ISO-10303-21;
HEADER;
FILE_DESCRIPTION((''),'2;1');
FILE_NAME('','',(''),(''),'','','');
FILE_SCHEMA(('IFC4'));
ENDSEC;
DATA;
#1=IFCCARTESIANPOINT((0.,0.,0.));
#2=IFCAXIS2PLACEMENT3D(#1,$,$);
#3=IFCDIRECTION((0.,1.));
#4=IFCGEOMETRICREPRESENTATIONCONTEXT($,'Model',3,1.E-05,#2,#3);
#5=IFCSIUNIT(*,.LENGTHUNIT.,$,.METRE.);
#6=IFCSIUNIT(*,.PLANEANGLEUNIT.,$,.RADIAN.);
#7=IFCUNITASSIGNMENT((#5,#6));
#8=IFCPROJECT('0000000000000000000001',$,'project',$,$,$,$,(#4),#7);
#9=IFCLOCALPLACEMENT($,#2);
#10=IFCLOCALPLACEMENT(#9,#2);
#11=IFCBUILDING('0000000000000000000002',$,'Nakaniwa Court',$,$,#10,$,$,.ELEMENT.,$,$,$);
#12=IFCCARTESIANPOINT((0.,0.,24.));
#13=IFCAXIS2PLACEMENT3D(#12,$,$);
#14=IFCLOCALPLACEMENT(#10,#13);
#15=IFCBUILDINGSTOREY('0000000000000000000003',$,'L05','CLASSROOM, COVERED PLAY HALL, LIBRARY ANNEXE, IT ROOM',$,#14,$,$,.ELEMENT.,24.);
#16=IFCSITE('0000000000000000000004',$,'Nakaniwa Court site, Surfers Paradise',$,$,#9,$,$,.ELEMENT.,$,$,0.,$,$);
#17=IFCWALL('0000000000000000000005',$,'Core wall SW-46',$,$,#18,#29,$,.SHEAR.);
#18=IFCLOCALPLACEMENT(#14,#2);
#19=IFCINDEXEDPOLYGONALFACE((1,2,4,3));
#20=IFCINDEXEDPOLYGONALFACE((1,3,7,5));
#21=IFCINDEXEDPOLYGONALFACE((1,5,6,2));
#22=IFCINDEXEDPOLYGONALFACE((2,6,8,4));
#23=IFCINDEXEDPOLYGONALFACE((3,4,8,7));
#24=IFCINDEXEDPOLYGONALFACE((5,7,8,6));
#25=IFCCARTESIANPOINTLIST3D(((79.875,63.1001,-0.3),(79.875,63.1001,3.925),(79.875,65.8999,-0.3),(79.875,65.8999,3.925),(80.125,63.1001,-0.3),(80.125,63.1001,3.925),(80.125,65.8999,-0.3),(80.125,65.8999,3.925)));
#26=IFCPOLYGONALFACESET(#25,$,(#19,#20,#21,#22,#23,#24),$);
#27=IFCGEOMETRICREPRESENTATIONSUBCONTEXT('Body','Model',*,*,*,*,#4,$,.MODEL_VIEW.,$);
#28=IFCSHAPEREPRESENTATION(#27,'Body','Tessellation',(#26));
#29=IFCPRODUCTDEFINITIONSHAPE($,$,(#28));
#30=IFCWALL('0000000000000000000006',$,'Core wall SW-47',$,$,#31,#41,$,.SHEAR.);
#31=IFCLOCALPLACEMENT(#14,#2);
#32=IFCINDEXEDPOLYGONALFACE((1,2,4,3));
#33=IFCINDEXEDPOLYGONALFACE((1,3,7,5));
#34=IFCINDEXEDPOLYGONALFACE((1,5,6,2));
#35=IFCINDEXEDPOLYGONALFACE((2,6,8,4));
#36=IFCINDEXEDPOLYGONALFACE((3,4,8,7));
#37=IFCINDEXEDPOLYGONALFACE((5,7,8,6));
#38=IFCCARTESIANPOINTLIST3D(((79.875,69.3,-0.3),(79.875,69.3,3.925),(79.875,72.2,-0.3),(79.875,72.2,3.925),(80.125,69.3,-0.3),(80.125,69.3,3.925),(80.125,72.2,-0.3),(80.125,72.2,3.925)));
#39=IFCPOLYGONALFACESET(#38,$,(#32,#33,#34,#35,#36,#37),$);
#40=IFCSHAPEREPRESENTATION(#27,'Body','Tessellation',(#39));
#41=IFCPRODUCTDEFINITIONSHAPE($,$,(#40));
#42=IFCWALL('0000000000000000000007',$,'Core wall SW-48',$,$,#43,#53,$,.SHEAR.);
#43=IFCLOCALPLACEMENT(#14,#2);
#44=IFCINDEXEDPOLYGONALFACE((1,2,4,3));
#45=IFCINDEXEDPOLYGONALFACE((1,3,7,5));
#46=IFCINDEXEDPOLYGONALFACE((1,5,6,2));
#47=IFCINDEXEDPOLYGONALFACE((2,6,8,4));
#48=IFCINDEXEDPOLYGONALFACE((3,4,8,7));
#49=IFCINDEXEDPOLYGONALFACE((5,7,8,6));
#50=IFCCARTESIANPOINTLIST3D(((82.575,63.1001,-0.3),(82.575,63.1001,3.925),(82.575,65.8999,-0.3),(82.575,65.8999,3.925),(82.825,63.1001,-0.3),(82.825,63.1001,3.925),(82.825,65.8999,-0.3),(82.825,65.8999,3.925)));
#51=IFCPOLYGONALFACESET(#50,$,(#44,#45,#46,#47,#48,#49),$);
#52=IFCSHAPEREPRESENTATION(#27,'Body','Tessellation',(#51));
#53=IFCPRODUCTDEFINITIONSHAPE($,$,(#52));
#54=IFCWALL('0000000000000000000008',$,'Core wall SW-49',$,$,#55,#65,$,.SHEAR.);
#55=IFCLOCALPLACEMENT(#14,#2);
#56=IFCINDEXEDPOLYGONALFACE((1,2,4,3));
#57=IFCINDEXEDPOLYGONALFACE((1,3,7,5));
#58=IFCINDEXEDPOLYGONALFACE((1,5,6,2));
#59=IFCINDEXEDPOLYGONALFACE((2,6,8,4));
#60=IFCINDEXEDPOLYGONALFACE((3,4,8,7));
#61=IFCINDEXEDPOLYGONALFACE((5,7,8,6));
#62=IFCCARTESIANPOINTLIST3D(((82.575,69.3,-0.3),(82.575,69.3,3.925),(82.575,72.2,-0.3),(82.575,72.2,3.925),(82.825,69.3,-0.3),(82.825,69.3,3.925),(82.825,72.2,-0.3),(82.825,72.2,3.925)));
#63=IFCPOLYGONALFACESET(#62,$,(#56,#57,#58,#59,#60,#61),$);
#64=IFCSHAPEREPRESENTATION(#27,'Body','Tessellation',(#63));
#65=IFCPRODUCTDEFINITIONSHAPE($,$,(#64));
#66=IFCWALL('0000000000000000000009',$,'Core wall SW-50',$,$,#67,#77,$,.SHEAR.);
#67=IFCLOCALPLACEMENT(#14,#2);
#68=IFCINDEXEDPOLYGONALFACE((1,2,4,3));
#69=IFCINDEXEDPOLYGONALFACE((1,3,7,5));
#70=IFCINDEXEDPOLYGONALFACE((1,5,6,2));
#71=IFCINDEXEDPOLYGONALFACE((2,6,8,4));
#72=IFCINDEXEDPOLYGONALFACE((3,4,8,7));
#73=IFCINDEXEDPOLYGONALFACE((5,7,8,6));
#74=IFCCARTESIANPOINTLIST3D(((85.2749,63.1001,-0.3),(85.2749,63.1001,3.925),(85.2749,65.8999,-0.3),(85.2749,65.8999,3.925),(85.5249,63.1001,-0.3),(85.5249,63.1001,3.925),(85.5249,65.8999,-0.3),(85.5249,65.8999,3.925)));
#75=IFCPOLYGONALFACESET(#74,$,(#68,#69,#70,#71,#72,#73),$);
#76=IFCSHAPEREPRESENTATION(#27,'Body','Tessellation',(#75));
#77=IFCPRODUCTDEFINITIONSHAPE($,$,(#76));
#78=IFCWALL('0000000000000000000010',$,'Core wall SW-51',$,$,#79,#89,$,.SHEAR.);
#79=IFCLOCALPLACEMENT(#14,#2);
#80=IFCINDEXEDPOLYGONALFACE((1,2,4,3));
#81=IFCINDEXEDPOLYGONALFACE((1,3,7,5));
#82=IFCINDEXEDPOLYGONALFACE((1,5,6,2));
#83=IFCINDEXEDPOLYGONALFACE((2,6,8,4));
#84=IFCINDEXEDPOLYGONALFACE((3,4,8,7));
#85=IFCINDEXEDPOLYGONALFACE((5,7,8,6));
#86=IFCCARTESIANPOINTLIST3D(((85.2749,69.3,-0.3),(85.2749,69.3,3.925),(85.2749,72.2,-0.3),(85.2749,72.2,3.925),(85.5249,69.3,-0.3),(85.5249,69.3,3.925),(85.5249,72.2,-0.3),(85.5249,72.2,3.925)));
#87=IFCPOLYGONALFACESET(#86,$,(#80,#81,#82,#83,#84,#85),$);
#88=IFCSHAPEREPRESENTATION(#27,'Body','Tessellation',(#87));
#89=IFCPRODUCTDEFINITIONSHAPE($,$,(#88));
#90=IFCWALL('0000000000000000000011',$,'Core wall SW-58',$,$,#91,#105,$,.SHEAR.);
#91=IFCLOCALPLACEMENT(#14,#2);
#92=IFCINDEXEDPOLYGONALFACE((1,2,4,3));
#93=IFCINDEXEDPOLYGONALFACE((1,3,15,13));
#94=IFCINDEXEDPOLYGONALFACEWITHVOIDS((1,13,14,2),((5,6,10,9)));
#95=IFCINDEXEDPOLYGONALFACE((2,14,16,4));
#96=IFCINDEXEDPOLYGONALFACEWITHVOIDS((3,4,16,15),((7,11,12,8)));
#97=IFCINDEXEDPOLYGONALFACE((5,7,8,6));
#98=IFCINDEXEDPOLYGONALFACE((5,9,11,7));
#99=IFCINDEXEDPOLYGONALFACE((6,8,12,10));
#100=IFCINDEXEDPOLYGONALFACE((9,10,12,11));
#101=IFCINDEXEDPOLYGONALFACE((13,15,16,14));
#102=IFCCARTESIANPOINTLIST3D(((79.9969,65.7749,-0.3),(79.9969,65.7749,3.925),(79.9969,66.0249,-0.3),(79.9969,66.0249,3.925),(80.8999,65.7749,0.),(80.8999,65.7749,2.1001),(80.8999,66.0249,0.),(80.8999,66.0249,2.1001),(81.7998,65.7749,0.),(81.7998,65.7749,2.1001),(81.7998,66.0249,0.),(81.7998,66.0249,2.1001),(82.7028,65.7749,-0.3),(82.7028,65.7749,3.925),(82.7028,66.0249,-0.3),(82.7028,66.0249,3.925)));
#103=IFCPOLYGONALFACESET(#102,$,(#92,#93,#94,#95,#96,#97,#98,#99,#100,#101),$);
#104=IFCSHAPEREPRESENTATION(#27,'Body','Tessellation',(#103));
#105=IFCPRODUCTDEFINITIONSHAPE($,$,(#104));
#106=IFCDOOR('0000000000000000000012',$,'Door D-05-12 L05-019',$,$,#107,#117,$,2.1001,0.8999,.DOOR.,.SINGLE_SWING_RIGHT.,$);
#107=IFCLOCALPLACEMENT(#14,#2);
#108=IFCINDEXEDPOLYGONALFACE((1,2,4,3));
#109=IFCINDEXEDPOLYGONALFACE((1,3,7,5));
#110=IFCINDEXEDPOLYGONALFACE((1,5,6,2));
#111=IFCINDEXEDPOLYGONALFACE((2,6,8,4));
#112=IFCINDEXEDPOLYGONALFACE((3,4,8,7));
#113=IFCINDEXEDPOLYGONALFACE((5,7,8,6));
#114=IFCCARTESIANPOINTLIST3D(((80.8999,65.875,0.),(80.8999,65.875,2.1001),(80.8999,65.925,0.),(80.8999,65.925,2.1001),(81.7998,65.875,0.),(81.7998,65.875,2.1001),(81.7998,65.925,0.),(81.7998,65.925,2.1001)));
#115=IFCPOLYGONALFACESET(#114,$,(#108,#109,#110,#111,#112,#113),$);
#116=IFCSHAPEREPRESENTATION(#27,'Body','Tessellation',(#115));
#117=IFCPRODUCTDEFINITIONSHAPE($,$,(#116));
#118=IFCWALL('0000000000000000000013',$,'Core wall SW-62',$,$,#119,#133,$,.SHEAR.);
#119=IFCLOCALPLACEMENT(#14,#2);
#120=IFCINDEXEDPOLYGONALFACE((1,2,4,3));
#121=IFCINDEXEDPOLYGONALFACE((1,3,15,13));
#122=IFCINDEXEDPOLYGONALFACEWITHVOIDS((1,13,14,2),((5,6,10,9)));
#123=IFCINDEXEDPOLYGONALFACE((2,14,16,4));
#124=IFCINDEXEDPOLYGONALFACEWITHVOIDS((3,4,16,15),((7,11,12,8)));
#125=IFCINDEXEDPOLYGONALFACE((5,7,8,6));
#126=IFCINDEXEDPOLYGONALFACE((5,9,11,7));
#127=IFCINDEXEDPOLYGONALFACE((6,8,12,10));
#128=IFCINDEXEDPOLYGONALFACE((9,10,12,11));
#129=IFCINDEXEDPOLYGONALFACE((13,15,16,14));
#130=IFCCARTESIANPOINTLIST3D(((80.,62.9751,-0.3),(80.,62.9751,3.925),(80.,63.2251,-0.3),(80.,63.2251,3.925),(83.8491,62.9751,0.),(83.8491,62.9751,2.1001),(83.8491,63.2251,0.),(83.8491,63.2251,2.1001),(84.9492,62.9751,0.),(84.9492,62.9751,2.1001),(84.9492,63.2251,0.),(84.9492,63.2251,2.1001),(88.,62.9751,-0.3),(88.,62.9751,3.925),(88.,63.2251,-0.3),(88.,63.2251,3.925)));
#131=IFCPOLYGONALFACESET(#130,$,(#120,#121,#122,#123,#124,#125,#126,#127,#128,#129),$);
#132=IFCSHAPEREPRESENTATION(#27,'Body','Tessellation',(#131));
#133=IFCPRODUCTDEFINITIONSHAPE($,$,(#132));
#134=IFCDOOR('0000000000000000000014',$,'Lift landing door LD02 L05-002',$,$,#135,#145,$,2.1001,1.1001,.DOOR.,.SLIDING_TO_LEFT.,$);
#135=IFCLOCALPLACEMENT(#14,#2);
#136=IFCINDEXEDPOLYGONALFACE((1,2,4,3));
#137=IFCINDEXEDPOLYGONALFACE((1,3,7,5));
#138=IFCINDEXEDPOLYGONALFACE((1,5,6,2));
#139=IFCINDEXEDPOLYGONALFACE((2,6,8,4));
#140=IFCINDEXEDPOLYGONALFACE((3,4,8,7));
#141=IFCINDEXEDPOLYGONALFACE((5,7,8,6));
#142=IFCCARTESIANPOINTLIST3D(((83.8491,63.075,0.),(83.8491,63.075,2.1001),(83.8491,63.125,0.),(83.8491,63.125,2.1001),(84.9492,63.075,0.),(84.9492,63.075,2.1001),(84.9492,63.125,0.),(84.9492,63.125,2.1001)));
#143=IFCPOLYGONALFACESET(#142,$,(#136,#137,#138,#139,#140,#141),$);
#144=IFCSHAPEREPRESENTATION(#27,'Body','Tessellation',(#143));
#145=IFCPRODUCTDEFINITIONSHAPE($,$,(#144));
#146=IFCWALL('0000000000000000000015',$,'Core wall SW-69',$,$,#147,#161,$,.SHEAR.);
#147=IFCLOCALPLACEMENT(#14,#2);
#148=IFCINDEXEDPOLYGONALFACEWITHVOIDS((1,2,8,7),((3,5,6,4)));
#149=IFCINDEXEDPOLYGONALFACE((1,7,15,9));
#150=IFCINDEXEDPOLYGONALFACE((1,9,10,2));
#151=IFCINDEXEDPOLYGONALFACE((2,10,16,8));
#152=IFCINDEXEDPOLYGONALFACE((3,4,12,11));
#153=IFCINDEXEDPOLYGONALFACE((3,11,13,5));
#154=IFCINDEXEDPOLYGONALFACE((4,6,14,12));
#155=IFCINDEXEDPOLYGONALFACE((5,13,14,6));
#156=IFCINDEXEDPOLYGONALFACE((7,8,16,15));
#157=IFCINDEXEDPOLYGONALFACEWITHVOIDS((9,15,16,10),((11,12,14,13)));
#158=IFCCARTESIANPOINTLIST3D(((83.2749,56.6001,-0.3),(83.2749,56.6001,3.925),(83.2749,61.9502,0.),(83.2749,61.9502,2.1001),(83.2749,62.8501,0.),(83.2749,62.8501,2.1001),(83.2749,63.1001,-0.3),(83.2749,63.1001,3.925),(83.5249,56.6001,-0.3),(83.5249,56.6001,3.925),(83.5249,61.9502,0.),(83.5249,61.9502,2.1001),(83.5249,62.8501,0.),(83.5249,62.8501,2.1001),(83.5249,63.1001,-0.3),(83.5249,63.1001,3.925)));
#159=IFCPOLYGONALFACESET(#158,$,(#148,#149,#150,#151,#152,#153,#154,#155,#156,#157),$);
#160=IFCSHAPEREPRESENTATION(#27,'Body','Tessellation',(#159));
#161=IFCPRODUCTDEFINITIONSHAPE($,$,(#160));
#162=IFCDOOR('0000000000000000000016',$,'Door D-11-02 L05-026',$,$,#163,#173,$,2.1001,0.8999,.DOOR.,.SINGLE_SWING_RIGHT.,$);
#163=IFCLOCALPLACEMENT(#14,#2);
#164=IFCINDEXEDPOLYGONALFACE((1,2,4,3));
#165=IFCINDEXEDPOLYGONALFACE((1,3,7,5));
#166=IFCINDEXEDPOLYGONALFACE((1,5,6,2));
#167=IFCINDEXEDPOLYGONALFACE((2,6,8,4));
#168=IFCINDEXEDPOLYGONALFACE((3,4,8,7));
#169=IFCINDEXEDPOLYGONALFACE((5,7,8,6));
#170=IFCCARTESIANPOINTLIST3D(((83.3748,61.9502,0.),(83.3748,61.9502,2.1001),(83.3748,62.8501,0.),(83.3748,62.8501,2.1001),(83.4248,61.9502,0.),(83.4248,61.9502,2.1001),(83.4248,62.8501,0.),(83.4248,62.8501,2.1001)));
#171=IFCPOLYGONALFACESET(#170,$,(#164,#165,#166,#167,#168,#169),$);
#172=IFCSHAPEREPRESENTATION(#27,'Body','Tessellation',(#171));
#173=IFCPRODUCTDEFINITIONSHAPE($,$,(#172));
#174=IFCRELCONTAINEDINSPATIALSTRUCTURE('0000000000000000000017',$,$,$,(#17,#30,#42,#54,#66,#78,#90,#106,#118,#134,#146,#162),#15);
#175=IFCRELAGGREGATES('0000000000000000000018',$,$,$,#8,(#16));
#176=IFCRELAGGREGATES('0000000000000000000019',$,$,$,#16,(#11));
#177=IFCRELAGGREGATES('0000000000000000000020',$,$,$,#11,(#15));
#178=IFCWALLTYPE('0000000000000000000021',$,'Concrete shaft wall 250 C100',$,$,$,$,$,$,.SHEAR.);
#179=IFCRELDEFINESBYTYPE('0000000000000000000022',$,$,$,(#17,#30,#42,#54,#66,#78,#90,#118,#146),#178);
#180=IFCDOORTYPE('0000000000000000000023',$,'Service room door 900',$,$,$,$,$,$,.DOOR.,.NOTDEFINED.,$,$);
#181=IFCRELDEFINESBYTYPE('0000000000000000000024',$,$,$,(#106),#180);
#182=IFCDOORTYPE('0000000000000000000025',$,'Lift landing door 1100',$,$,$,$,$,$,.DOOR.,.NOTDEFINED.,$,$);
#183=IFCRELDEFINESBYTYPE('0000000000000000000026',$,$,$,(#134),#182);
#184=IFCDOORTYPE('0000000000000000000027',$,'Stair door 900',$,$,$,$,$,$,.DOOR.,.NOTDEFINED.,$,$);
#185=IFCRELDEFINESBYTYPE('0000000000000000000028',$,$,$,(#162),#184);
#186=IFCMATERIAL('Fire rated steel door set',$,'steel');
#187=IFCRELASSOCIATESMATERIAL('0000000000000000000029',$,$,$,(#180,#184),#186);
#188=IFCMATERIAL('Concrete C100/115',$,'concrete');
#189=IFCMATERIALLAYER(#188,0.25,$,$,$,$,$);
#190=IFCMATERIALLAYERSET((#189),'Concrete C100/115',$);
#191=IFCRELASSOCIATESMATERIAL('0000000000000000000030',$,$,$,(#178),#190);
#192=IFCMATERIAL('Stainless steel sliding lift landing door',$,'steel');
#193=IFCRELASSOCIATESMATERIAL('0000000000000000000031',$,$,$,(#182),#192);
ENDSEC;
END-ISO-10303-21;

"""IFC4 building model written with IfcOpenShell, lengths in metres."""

from ifc_helpers import new_model, si_unit, direction, frame, frame_2d, origin, place, context, subcontext, project, spatial, rectangle, extrude, material, layer, layer_set, type_object, element, fill, save


model = new_model("IFC4")

# Units and contexts
model_context = context("Model", 3, precision=1e-05, world=origin(), true_north=direction((0.0, 1.0)))
body_context = subcontext(model_context, "Body", "Model", "MODEL_VIEW")
ifc_project = project(units=[si_unit("LENGTHUNIT", "METRE"), si_unit("PLANEANGLEUNIT", "RADIAN")], contexts=[model_context])

# Site, building, storey
site_placement = place(None, origin())
site = spatial("IfcSite", under=ifc_project, at=site_placement, Name="Nakaniwa Court site, Surfers Paradise", CompositionType="ELEMENT", RefElevation=0.0)
building_placement = place(site_placement, origin())
building = spatial("IfcBuilding", under=site, at=building_placement, Name="Nakaniwa Court", CompositionType="ELEMENT")
storey_placement = place(building_placement, frame((0.0, 0.0, 24.0)))
storey = spatial("IfcBuildingStorey", under=building, at=storey_placement, Name="L05", Description="CLASSROOM, COVERED PLAY HALL, LIBRARY ANNEXE, IT ROOM", CompositionType="ELEMENT", Elevation=24.0)

# Shared definitions
ifc_material_1 = material(Name="Fire rated steel door set", Category="steel")

# Shared definitions
door_type_1 = type_object("IfcDoorType", Name="Service room door 900", OperationType="NOTDEFINED", PredefinedType="DOOR", material=ifc_material_1)

# Walls
ifc_material_2 = material(Name="Concrete C100/115", Category="concrete")
ifc_layer_1 = layer(ifc_material_2, 0.25)
ifc_layer_set_1 = layer_set([ifc_layer_1], Name="Concrete C100/115")
wall_type_1 = type_object("IfcWallType", Name="Concrete shaft wall 250 C100", PredefinedType="SHEAR", material=ifc_layer_set_1)
wall_1_placement = place(storey_placement, frame((80.0, 63.1001, -0.3), z_axis=(0.0, 0.0, 1.0), x_axis=(0.0, 1.0, 0.0)))
element("IfcWall", 1, at=wall_1_placement, inside=storey, type_object=wall_type_1, Name="Core wall SW-46", PredefinedType="SHEAR", context=body_context, shape_type="SweptSolid", body=[
    extrude(rectangle(XDim=2.7998, YDim=0.25, at=frame_2d((1.3999, 0.0))), origin(), (0.0, 0.0, 1.0), 4.2251),
])
wall_2_placement = place(storey_placement, frame((80.0, 69.3, -0.3), z_axis=(0.0, 0.0, 1.0), x_axis=(0.0, 1.0, 0.0)))
element("IfcWall", 2, at=wall_2_placement, inside=storey, type_object=wall_type_1, Name="Core wall SW-47", PredefinedType="SHEAR", context=body_context, shape_type="SweptSolid", body=[
    extrude(rectangle(XDim=2.8999, YDim=0.25, at=frame_2d((1.45, 0.0))), origin(), (0.0, 0.0, 1.0), 4.2251),
])
wall_3_placement = place(storey_placement, frame((82.7, 63.1001, -0.3), z_axis=(0.0, 0.0, 1.0), x_axis=(0.0, 1.0, 0.0)))
element("IfcWall", 3, at=wall_3_placement, inside=storey, type_object=wall_type_1, Name="Core wall SW-48", PredefinedType="SHEAR", context=body_context, shape_type="SweptSolid", body=[
    extrude(rectangle(XDim=2.7998, YDim=0.25, at=frame_2d((1.3999, 0.0))), origin(), (0.0, 0.0, 1.0), 4.2251),
])
wall_4_placement = place(storey_placement, frame((82.7, 69.3, -0.3), z_axis=(0.0, 0.0, 1.0), x_axis=(0.0, 1.0, 0.0)))
element("IfcWall", 4, at=wall_4_placement, inside=storey, type_object=wall_type_1, Name="Core wall SW-49", PredefinedType="SHEAR", context=body_context, shape_type="SweptSolid", body=[
    extrude(rectangle(XDim=2.8999, YDim=0.25, at=frame_2d((1.45, 0.0))), origin(), (0.0, 0.0, 1.0), 4.2251),
])
wall_5_placement = place(storey_placement, frame((85.3999, 63.1001, -0.3), z_axis=(0.0, 0.0, 1.0), x_axis=(0.0, 1.0, 0.0)))
element("IfcWall", 5, at=wall_5_placement, inside=storey, type_object=wall_type_1, Name="Core wall SW-50", PredefinedType="SHEAR", context=body_context, shape_type="SweptSolid", body=[
    extrude(rectangle(XDim=2.7998, YDim=0.25, at=frame_2d((1.3999, 0.0))), origin(), (0.0, 0.0, 1.0), 4.2251),
])
wall_6_placement = place(storey_placement, frame((85.3999, 69.3, -0.3), z_axis=(0.0, 0.0, 1.0), x_axis=(0.0, 1.0, 0.0)))
element("IfcWall", 6, at=wall_6_placement, inside=storey, type_object=wall_type_1, Name="Core wall SW-51", PredefinedType="SHEAR", context=body_context, shape_type="SweptSolid", body=[
    extrude(rectangle(XDim=2.8999, YDim=0.25, at=frame_2d((1.45, 0.0))), origin(), (0.0, 0.0, 1.0), 4.2251),
])

# Walls, openings, doors
wall_7_placement = place(storey_placement, frame((82.7029, 65.8999, -0.3), z_axis=(0.0, 0.0, 1.0), x_axis=(-1.0, 0.0, 0.0)))
wall_7 = element("IfcWall", 7, at=wall_7_placement, inside=storey, type_object=wall_type_1, Name="Core wall SW-58", PredefinedType="SHEAR", context=body_context, shape_type="SweptSolid", body=[
    extrude(rectangle(XDim=2.7058, YDim=0.25, at=frame_2d((1.353, 0.0))), origin(), (0.0, 0.0, 1.0), 4.2251),
])
opening_1_placement = place(wall_7_placement, frame((0.9031, 0.0, 0.3)))
opening_1 = element("IfcOpeningElement", 8, at=opening_1_placement, cuts=wall_7, PredefinedType="OPENING", context=body_context, shape_type="SweptSolid", body=[
    extrude(rectangle(XDim=0.8999, YDim=2.1001, at=frame_2d((0.45, 1.05))), frame((0.0, 0.135, 0.0), z_axis=(0.0, -1.0, 0.0), x_axis=(1.0, 0.0, 0.0)), (0.0, 0.0, 1.0), 0.27),
])
door_1_placement = place(opening_1_placement, origin())
door_1 = element("IfcDoor", 9, at=door_1_placement, inside=storey, type_object=door_type_1, Name="Door D-05-12 L05-019", OperationType="SINGLE_SWING_RIGHT", OverallHeight=2.1001, OverallWidth=0.8999, PredefinedType="DOOR", context=body_context, shape_type="SweptSolid", body=[
    extrude(rectangle(XDim=0.8999, YDim=2.1001, at=frame_2d((0.45, 1.05))), frame((0.0, 0.0249, 0.0), z_axis=(0.0, -1.0, 0.0), x_axis=(1.0, 0.0, 0.0)), (0.0, 0.0, 1.0), 0.05),
])
fill(opening_1, door_1)
wall_8_placement = place(storey_placement, frame((80.0, 63.1001, -0.3), z_axis=(0.0, 0.0, 1.0), x_axis=(1.0, 0.0, 0.0)))
wall_8 = element("IfcWall", 10, at=wall_8_placement, inside=storey, type_object=wall_type_1, Name="Core wall SW-62", PredefinedType="SHEAR", context=body_context, shape_type="SweptSolid", body=[
    extrude(rectangle(XDim=8.0, YDim=0.25, at=frame_2d((4.0, 0.0))), origin(), (0.0, 0.0, 1.0), 4.2251),
])
opening_2_placement = place(wall_8_placement, frame((3.8491, 0.0, 0.3)))
opening_2 = element("IfcOpeningElement", 11, at=opening_2_placement, cuts=wall_8, PredefinedType="OPENING", context=body_context, shape_type="SweptSolid", body=[
    extrude(rectangle(XDim=1.1001, YDim=2.1001, at=frame_2d((0.55, 1.05))), frame((0.0, 0.135, 0.0), z_axis=(0.0, -1.0, 0.0), x_axis=(1.0, 0.0, 0.0)), (0.0, 0.0, 1.0), 0.27),
])
ifc_material_3 = material(Name="Stainless steel sliding lift landing door", Category="steel")
door_type_2 = type_object("IfcDoorType", Name="Lift landing door 1100", OperationType="NOTDEFINED", PredefinedType="DOOR", material=ifc_material_3)
door_2_placement = place(opening_2_placement, origin())
door_2 = element("IfcDoor", 12, at=door_2_placement, inside=storey, type_object=door_type_2, Name="Lift landing door LD02 L05-002", OperationType="SLIDING_TO_LEFT", OverallHeight=2.1001, OverallWidth=1.1001, PredefinedType="DOOR", context=body_context, shape_type="SweptSolid", body=[
    extrude(rectangle(XDim=1.1001, YDim=2.1001, at=frame_2d((0.55, 1.05))), frame((0.0, 0.0249, 0.0), z_axis=(0.0, -1.0, 0.0), x_axis=(1.0, 0.0, 0.0)), (0.0, 0.0, 1.0), 0.05),
])
fill(opening_2, door_2)
wall_9_placement = place(storey_placement, frame((83.3999, 63.1001, -0.3), z_axis=(0.0, 0.0, 1.0), x_axis=(0.0, -1.0, 0.0)))
wall_9 = element("IfcWall", 13, at=wall_9_placement, inside=storey, type_object=wall_type_1, Name="Core wall SW-69", PredefinedType="SHEAR", context=body_context, shape_type="SweptSolid", body=[
    extrude(rectangle(XDim=6.5, YDim=0.25, at=frame_2d((3.25, 0.0))), origin(), (0.0, 0.0, 1.0), 4.2251),
])
opening_3_placement = place(wall_9_placement, frame((0.25, 0.0, 0.3)))
opening_3 = element("IfcOpeningElement", 14, at=opening_3_placement, cuts=wall_9, PredefinedType="OPENING", context=body_context, shape_type="SweptSolid", body=[
    extrude(rectangle(XDim=0.8999, YDim=2.1001, at=frame_2d((0.45, 1.05))), frame((0.0, 0.135, 0.0), z_axis=(0.0, -1.0, 0.0), x_axis=(1.0, 0.0, 0.0)), (0.0, 0.0, 1.0), 0.27),
])
door_type_3 = type_object("IfcDoorType", Name="Stair door 900", OperationType="NOTDEFINED", PredefinedType="DOOR", material=ifc_material_1)
door_3_placement = place(opening_3_placement, origin())
door_3 = element("IfcDoor", 15, at=door_3_placement, inside=storey, type_object=door_type_3, Name="Door D-11-02 L05-026", OperationType="SINGLE_SWING_RIGHT", OverallHeight=2.1001, OverallWidth=0.8999, PredefinedType="DOOR", context=body_context, shape_type="SweptSolid", body=[
    extrude(rectangle(XDim=0.8999, YDim=2.1001, at=frame_2d((0.45, 1.05))), frame((0.0, 0.0249, 0.0), z_axis=(0.0, -1.0, 0.0), x_axis=(1.0, 0.0, 0.0)), (0.0, 0.0, 1.0), 0.05),
])
fill(opening_3, door_3)

save(model, "model.ifc")
